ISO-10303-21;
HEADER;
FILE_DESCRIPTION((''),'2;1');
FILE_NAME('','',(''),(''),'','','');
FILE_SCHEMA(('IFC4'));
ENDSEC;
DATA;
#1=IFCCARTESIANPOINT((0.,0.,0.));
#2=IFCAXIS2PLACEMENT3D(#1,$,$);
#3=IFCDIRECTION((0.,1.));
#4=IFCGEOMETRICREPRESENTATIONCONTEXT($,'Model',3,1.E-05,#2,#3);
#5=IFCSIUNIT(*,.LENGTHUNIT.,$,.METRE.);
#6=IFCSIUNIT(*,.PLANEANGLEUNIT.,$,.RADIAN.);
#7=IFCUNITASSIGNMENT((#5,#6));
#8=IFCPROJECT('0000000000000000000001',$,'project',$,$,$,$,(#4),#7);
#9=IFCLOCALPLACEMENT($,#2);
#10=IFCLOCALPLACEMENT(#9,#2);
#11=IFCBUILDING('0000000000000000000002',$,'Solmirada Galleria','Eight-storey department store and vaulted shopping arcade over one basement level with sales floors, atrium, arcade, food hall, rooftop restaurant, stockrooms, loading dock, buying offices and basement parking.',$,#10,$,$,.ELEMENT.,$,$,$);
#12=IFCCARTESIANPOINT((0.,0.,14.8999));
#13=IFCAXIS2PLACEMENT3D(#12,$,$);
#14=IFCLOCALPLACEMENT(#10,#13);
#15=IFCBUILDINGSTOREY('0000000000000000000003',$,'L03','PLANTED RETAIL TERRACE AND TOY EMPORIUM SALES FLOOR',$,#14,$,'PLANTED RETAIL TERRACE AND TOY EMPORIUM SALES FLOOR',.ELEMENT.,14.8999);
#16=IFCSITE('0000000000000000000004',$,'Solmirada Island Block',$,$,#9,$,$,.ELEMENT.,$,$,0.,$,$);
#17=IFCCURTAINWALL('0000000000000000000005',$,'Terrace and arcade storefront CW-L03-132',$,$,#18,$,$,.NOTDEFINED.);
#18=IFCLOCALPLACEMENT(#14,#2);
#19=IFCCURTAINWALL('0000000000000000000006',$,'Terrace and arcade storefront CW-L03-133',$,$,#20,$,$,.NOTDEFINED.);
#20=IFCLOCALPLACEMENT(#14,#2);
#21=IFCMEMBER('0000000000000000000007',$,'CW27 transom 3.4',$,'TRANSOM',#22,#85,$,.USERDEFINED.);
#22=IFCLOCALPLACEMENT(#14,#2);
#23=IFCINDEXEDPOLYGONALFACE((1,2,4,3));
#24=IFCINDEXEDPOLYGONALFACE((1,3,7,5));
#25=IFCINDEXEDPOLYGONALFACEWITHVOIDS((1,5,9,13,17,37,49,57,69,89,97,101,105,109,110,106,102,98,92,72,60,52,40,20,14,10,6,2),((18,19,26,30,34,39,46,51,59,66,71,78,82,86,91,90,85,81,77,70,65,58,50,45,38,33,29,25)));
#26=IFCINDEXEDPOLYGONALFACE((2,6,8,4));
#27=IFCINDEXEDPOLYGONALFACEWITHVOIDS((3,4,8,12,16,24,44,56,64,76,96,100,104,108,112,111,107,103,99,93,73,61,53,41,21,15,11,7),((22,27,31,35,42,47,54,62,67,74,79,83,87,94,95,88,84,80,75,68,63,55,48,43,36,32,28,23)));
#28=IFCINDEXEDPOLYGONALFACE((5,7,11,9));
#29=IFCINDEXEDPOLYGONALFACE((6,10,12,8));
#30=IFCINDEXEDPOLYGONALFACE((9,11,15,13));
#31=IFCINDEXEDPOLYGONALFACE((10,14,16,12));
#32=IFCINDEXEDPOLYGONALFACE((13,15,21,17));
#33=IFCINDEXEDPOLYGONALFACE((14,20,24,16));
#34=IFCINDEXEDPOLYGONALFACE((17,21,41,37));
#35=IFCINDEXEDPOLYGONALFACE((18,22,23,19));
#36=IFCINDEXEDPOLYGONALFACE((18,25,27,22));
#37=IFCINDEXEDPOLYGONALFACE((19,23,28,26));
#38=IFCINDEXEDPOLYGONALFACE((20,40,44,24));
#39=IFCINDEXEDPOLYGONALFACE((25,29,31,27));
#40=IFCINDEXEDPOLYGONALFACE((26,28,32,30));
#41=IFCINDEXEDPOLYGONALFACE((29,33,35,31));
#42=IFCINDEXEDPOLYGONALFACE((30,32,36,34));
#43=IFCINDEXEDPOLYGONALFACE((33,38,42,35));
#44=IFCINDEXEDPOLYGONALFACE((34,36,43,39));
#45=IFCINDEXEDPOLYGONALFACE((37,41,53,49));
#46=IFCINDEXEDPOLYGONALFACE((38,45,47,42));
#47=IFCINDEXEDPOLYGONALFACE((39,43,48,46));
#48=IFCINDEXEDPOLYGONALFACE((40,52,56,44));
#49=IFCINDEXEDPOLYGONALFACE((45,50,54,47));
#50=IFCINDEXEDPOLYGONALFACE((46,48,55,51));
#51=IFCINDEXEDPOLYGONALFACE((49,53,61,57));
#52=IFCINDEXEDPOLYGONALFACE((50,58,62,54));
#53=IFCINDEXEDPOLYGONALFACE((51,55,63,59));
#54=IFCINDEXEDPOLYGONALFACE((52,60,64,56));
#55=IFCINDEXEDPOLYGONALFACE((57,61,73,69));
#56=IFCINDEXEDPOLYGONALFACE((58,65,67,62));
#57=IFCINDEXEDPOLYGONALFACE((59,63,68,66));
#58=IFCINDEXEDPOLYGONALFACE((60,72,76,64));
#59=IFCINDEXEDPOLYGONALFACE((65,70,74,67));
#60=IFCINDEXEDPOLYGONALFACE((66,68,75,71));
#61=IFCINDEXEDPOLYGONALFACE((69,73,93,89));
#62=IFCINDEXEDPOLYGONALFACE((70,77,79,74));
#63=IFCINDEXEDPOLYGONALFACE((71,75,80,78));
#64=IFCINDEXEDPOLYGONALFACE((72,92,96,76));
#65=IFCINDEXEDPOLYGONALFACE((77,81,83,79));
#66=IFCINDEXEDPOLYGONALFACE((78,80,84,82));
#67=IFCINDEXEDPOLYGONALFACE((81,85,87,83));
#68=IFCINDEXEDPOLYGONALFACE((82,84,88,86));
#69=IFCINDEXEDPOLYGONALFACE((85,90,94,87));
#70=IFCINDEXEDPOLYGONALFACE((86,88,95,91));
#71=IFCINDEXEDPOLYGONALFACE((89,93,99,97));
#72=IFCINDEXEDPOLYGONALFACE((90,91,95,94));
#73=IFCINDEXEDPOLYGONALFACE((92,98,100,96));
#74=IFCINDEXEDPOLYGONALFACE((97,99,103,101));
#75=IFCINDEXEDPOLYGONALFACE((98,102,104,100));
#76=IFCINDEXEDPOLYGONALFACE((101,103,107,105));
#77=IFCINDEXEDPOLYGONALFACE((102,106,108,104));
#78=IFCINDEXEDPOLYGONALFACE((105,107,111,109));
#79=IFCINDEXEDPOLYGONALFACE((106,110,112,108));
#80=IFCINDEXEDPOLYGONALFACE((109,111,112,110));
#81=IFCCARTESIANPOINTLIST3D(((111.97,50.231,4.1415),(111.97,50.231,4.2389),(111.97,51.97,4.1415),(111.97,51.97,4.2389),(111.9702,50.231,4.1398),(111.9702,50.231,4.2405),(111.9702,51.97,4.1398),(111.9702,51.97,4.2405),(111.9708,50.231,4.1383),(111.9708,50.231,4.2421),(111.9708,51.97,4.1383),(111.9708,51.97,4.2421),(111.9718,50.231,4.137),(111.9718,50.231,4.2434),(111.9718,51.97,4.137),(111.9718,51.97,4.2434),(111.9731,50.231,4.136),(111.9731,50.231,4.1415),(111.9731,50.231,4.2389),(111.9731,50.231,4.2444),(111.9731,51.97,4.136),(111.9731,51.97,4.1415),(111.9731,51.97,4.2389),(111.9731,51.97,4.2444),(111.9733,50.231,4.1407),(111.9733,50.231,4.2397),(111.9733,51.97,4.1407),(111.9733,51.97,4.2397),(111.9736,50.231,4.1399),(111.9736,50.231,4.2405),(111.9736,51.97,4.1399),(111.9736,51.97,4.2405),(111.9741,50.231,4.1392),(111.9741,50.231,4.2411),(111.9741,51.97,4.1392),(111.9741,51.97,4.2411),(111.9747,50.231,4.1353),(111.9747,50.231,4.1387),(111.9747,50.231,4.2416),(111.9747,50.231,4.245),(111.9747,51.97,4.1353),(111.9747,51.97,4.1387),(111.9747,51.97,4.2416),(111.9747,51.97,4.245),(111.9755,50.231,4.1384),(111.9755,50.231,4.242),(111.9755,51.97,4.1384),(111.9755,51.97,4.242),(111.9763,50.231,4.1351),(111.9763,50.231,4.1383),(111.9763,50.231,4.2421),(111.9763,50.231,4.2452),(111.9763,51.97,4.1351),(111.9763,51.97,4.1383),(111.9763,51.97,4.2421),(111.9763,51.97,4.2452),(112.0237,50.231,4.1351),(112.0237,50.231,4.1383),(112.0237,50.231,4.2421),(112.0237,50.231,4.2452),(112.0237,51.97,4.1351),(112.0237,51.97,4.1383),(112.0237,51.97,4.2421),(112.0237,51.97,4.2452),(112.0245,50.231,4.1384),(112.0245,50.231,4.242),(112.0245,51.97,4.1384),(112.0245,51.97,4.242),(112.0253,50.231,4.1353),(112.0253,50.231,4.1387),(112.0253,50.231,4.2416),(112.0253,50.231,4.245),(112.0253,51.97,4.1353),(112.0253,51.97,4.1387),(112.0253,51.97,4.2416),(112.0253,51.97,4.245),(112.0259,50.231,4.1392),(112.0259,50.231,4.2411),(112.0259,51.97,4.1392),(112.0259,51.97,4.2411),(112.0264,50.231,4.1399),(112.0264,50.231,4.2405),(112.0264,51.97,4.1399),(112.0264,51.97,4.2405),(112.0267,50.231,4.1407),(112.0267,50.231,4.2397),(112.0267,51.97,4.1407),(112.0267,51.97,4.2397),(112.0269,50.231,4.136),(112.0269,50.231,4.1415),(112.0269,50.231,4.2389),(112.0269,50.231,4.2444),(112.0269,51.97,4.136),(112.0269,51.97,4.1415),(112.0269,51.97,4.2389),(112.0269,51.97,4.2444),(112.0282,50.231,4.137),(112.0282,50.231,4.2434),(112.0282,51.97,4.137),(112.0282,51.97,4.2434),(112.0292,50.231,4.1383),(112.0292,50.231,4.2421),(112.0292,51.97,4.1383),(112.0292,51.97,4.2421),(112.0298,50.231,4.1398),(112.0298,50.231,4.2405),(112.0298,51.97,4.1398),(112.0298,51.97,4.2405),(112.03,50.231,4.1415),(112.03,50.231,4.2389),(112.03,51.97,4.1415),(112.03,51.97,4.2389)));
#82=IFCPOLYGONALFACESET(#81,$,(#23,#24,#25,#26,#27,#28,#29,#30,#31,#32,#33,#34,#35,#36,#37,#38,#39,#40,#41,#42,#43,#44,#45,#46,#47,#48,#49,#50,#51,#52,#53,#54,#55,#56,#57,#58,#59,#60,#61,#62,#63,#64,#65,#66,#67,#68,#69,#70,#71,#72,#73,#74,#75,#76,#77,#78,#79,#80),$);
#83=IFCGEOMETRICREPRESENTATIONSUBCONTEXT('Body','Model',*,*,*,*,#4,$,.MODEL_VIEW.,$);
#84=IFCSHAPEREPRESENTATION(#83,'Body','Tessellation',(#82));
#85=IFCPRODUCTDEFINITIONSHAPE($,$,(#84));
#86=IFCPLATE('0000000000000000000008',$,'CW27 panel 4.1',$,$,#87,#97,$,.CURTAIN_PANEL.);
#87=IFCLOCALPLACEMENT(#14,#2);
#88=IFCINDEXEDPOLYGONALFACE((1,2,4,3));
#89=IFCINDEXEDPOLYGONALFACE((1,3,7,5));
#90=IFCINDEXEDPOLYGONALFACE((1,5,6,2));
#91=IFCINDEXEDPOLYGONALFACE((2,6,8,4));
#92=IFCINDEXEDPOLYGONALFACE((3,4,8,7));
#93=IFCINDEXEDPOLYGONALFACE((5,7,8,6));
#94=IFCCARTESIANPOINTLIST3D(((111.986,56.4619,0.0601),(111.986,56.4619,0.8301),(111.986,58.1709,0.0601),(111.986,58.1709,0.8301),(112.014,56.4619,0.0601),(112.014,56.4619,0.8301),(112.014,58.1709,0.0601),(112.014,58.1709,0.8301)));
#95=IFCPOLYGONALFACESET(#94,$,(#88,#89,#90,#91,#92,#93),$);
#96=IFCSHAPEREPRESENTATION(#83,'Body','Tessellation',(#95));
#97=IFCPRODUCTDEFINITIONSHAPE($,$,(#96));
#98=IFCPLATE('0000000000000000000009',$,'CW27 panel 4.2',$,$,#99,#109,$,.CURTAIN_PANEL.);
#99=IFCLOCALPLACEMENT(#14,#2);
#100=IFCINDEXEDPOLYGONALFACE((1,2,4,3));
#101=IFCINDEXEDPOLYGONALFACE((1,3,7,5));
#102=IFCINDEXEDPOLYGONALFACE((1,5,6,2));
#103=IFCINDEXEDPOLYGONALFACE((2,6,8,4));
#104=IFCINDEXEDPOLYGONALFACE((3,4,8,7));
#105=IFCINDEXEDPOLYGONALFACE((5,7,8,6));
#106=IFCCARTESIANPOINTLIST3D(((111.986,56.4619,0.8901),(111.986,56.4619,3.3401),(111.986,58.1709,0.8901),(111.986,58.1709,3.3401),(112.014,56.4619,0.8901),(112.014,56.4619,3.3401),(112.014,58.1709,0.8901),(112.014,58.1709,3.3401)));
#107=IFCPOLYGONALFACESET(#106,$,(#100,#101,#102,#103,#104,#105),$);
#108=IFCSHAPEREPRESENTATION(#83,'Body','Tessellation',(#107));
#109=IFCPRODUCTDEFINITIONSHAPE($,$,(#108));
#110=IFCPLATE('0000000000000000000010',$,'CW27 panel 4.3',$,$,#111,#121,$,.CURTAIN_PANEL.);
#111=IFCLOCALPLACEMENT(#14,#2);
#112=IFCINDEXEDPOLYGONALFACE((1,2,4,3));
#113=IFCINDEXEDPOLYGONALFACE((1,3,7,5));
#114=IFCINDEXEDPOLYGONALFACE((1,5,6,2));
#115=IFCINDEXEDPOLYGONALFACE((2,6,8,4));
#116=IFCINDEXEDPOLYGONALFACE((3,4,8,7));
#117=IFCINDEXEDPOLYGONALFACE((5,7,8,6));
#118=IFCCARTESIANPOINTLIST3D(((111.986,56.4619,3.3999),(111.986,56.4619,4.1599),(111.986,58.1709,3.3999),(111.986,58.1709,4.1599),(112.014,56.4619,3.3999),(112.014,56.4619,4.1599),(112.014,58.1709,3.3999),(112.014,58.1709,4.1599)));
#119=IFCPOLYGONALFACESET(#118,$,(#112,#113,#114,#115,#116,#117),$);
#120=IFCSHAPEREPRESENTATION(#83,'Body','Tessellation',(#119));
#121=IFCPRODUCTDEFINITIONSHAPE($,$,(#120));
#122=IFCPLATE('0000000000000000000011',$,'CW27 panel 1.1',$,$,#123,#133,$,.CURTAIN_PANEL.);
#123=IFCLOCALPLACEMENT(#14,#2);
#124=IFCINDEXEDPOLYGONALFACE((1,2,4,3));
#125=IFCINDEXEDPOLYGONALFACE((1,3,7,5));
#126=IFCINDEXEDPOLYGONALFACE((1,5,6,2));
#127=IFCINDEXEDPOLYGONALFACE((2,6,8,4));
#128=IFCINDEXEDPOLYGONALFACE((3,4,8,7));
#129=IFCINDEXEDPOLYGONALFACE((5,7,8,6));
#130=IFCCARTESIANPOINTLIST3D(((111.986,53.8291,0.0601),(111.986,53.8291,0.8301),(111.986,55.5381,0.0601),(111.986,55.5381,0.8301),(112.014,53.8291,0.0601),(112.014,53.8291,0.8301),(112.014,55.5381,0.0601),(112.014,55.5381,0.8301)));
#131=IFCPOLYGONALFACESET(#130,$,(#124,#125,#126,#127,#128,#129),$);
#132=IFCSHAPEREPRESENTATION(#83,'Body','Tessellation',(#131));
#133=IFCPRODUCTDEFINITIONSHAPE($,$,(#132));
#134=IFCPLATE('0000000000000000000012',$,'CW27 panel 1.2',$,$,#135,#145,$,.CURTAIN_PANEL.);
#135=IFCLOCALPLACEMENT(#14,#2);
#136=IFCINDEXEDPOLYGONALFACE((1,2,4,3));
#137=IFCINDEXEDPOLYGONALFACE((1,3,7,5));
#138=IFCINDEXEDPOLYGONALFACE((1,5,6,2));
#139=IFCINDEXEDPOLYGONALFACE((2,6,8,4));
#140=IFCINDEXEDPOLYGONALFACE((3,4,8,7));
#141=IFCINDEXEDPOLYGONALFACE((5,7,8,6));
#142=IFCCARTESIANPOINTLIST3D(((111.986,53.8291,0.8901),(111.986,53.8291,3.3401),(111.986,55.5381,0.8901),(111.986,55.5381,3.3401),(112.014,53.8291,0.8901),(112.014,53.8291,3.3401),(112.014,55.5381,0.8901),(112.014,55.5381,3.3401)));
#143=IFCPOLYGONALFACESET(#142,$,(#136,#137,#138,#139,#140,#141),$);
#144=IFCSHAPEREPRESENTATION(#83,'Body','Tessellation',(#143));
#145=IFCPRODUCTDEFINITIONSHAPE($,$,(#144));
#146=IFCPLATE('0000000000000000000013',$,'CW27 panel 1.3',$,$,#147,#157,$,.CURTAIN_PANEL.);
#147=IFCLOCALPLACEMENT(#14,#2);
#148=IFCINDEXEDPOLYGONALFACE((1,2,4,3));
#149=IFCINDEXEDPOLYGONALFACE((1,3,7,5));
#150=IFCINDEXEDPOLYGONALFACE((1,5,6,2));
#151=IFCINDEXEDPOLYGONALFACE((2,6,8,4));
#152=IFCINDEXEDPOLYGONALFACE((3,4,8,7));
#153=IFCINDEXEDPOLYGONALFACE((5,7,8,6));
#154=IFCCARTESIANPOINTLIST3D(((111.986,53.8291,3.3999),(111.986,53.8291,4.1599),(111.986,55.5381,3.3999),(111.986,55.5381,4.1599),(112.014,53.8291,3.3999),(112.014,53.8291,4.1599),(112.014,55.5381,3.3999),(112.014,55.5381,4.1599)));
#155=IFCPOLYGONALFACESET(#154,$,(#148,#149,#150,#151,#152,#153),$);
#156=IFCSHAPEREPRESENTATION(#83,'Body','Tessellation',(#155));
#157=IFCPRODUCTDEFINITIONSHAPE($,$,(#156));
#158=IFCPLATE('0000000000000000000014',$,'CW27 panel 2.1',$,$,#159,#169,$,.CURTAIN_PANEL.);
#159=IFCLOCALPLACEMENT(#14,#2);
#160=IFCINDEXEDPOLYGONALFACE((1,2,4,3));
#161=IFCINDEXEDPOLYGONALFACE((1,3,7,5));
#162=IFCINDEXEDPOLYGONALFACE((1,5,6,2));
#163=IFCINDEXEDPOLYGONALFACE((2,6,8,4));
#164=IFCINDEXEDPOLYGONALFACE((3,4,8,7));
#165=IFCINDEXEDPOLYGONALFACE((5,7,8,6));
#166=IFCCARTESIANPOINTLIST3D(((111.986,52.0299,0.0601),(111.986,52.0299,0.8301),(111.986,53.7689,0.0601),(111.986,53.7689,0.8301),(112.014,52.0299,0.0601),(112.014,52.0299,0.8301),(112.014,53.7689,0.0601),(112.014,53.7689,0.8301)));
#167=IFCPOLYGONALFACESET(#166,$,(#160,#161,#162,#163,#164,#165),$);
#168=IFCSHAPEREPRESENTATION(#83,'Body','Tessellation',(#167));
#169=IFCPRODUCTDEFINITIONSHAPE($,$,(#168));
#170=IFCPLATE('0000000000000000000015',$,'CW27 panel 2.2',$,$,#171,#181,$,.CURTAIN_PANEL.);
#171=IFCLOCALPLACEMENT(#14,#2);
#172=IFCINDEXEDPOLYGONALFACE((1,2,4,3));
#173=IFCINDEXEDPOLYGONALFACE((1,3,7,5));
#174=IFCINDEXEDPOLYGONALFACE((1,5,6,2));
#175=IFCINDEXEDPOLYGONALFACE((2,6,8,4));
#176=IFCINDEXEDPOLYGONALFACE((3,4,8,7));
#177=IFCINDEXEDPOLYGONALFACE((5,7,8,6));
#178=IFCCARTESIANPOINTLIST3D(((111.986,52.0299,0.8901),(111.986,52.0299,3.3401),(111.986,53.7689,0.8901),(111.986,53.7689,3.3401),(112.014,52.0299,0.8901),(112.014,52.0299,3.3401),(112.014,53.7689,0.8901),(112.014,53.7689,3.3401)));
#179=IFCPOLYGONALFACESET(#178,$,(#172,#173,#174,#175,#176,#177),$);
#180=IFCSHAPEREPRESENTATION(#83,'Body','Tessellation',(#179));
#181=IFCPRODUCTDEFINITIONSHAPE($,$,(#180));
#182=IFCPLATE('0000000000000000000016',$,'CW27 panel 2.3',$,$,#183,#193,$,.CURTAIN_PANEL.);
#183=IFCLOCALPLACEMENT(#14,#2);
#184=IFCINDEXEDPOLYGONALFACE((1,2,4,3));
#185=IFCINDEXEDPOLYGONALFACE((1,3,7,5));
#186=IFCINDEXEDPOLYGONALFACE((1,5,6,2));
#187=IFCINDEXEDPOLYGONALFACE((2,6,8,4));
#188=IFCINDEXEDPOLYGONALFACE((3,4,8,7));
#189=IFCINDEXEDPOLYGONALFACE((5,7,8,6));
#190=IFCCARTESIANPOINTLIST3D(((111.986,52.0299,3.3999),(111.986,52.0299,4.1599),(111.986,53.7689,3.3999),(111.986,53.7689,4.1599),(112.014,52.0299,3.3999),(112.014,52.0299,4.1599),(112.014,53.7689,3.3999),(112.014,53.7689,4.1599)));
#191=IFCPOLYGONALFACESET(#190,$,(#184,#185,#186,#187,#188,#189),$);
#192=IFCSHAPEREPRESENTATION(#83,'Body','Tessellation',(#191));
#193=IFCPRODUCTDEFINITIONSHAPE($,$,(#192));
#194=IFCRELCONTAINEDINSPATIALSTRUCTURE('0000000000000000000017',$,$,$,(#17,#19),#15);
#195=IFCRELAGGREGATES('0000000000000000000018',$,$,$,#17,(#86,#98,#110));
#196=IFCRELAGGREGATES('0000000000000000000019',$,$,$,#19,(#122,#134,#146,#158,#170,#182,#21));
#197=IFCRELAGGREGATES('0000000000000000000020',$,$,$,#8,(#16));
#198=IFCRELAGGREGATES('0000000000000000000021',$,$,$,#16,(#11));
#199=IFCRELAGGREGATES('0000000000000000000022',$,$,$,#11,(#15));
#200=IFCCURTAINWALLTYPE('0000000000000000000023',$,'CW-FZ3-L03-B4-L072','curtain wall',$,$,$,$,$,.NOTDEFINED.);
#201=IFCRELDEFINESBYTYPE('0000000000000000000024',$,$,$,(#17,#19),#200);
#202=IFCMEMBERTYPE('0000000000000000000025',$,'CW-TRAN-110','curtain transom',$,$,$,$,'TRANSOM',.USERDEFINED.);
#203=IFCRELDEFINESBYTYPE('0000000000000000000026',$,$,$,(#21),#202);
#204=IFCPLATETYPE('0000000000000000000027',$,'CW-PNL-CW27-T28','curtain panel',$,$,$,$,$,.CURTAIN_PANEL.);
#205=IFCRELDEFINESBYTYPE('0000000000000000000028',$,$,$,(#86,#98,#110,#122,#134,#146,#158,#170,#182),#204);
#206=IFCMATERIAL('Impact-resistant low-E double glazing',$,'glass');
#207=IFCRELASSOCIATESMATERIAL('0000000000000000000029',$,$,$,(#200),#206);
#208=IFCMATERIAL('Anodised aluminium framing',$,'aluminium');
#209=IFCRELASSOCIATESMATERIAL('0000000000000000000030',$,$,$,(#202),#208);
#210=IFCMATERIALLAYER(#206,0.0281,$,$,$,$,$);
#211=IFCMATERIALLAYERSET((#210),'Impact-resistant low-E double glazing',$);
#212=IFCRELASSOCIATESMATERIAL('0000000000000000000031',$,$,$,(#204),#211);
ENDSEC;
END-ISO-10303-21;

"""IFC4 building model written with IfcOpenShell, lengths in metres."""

from ifc_helpers import new_model, si_unit, direction, frame, origin, origin_2d, place, context, subcontext, project, spatial, rectangle, hollow_rectangle, extrude, material, layer, layer_set, material_profile, profile_set, type_object, element, aggregate, save


model = new_model("IFC4")

# Units and contexts
model_context = context("Model", 3, precision=1e-05, world=origin(), true_north=direction((0.0, 1.0)))
body_context = subcontext(model_context, "Body", "Model", "MODEL_VIEW")
ifc_project = project(units=[si_unit("LENGTHUNIT", "METRE"), si_unit("PLANEANGLEUNIT", "RADIAN")], contexts=[model_context])

# Site, building, storey
site_placement = place(None, origin())
site = spatial("IfcSite", under=ifc_project, at=site_placement, Name="Solmirada Island Block", CompositionType="ELEMENT", RefElevation=0.0)
building_placement = place(site_placement, origin())
building = spatial("IfcBuilding", under=site, at=building_placement, Name="Solmirada Galleria", Description="Eight-storey department store and vaulted shopping arcade over one basement level with sales floors, atrium, arcade, food hall, rooftop restaurant, stockrooms, loading dock, buying offices and basement parking.", CompositionType="ELEMENT")
storey_placement = place(building_placement, frame((0.0, 0.0, 14.8999)))
storey = spatial("IfcBuildingStorey", under=building, at=storey_placement, Name="L03", Description="PLANTED RETAIL TERRACE AND TOY EMPORIUM SALES FLOOR", LongName="PLANTED RETAIL TERRACE AND TOY EMPORIUM SALES FLOOR", CompositionType="ELEMENT", Elevation=14.8999)

# Curtain wall
ifc_material_1 = material(Name="Impact-resistant low-E double glazing", Category="glass")
curtain_wall_type = type_object("IfcCurtainWallType", Name="CW-FZ3-L03-B4-L072", Description="curtain wall", PredefinedType="NOTDEFINED", material=ifc_material_1)
curtain_wall_1_placement = place(storey_placement, origin())
curtain_wall_1 = element("IfcCurtainWall", 1, at=curtain_wall_1_placement, inside=storey, type_object=curtain_wall_type, Name="Terrace and arcade storefront CW-L03-132", PredefinedType="NOTDEFINED")
ifc_material_2 = material(Name="Anodised aluminium framing", Category="aluminium")

# Curtain wall, member
curtain_wall_2_placement = place(storey_placement, origin())
curtain_wall_2 = element("IfcCurtainWall", 2, at=curtain_wall_2_placement, inside=storey, type_object=curtain_wall_type, Name="Terrace and arcade storefront CW-L03-133", PredefinedType="NOTDEFINED")
ifc_material_profile_1 = material_profile(ifc_material_2, hollow_rectangle(XDim=0.0601, YDim=0.1101, WallThickness=0.0032, InnerFilletRadius=0.0032, OuterFilletRadius=0.0063, at=origin_2d()), Name="ALU-TRAN-110X60")
ifc_profile_set_1 = profile_set([ifc_material_profile_1], Name="Anodised aluminium framing")
member_type_1 = type_object("IfcMemberType", Name="CW-TRAN-110", Description="curtain transom", ElementType="TRANSOM", PredefinedType="USERDEFINED", material=ifc_profile_set_1)
member_1_placement = place(storey_placement, frame((112.0, 51.97, 4.1902), z_axis=(0.0, -1.0, 0.0), x_axis=(1.0, 0.0, 0.0)))
member_1 = element("IfcMember", 3, at=member_1_placement, type_object=member_type_1, Name="CW27 transom 3.4", ObjectType="TRANSOM", PredefinedType="USERDEFINED", context=body_context, shape_type="SweptSolid", body=[
    extrude(hollow_rectangle(XDim=0.0601, YDim=0.1101, WallThickness=0.0032, InnerFilletRadius=0.0032, OuterFilletRadius=0.0063, at=origin_2d()), origin(), (0.0, 0.0, 1.0), 1.739),
])

# Plates
ifc_layer_1 = layer(ifc_material_1, 0.0281)
ifc_layer_set_1 = layer_set([ifc_layer_1], Name="Impact-resistant low-E double glazing")
plate_type = type_object("IfcPlateType", Name="CW-PNL-CW27-T28", Description="curtain panel", PredefinedType="CURTAIN_PANEL", material=ifc_layer_set_1)
plate_1_placement = place(storey_placement, frame((112.0, 57.3164, 0.0601), z_axis=(0.0, 0.0, 1.0), x_axis=(0.0, -1.0, 0.0)))
plate_1 = element("IfcPlate", 4, at=plate_1_placement, type_object=plate_type, Name="CW27 panel 4.1", PredefinedType="CURTAIN_PANEL", context=body_context, shape_type="SweptSolid", body=[
    extrude(rectangle(XDim=1.709, YDim=0.0281, at=origin_2d()), origin(), (0.0, 0.0, 1.0), 0.77),
])
plate_2_placement = place(storey_placement, frame((112.0, 57.3164, 0.8901), z_axis=(0.0, 0.0, 1.0), x_axis=(0.0, -1.0, 0.0)))
plate_2 = element("IfcPlate", 5, at=plate_2_placement, type_object=plate_type, Name="CW27 panel 4.2", PredefinedType="CURTAIN_PANEL", context=body_context, shape_type="SweptSolid", body=[
    extrude(rectangle(XDim=1.709, YDim=0.0281, at=origin_2d()), origin(), (0.0, 0.0, 1.0), 2.45),
])
plate_3_placement = place(storey_placement, frame((112.0, 57.3164, 3.3999), z_axis=(0.0, 0.0, 1.0), x_axis=(0.0, -1.0, 0.0)))
plate_3 = element("IfcPlate", 6, at=plate_3_placement, type_object=plate_type, Name="CW27 panel 4.3", PredefinedType="CURTAIN_PANEL", context=body_context, shape_type="SweptSolid", body=[
    extrude(rectangle(XDim=1.709, YDim=0.0281, at=origin_2d()), origin(), (0.0, 0.0, 1.0), 0.76),
])
aggregate(curtain_wall_1, [plate_1, plate_2, plate_3])
plate_4_placement = place(storey_placement, frame((112.0, 54.6836, 0.0601), z_axis=(0.0, 0.0, 1.0), x_axis=(0.0, -1.0, 0.0)))
plate_4 = element("IfcPlate", 7, at=plate_4_placement, type_object=plate_type, Name="CW27 panel 1.1", PredefinedType="CURTAIN_PANEL", context=body_context, shape_type="SweptSolid", body=[
    extrude(rectangle(XDim=1.709, YDim=0.0281, at=origin_2d()), origin(), (0.0, 0.0, 1.0), 0.77),
])
plate_5_placement = place(storey_placement, frame((112.0, 54.6836, 0.8901), z_axis=(0.0, 0.0, 1.0), x_axis=(0.0, -1.0, 0.0)))
plate_5 = element("IfcPlate", 8, at=plate_5_placement, type_object=plate_type, Name="CW27 panel 1.2", PredefinedType="CURTAIN_PANEL", context=body_context, shape_type="SweptSolid", body=[
    extrude(rectangle(XDim=1.709, YDim=0.0281, at=origin_2d()), origin(), (0.0, 0.0, 1.0), 2.45),
])
plate_6_placement = place(storey_placement, frame((112.0, 54.6836, 3.3999), z_axis=(0.0, 0.0, 1.0), x_axis=(0.0, -1.0, 0.0)))
plate_6 = element("IfcPlate", 9, at=plate_6_placement, type_object=plate_type, Name="CW27 panel 1.3", PredefinedType="CURTAIN_PANEL", context=body_context, shape_type="SweptSolid", body=[
    extrude(rectangle(XDim=1.709, YDim=0.0281, at=origin_2d()), origin(), (0.0, 0.0, 1.0), 0.76),
])
plate_7_placement = place(storey_placement, frame((112.0, 52.8994, 0.0601), z_axis=(0.0, 0.0, 1.0), x_axis=(0.0, -1.0, 0.0)))
plate_7 = element("IfcPlate", 10, at=plate_7_placement, type_object=plate_type, Name="CW27 panel 2.1", PredefinedType="CURTAIN_PANEL", context=body_context, shape_type="SweptSolid", body=[
    extrude(rectangle(XDim=1.739, YDim=0.0281, at=origin_2d()), origin(), (0.0, 0.0, 1.0), 0.77),
])
plate_8_placement = place(storey_placement, frame((112.0, 52.8994, 0.8901), z_axis=(0.0, 0.0, 1.0), x_axis=(0.0, -1.0, 0.0)))
plate_8 = element("IfcPlate", 11, at=plate_8_placement, type_object=plate_type, Name="CW27 panel 2.2", PredefinedType="CURTAIN_PANEL", context=body_context, shape_type="SweptSolid", body=[
    extrude(rectangle(XDim=1.739, YDim=0.0281, at=origin_2d()), origin(), (0.0, 0.0, 1.0), 2.45),
])
plate_9_placement = place(storey_placement, frame((112.0, 52.8994, 3.3999), z_axis=(0.0, 0.0, 1.0), x_axis=(0.0, -1.0, 0.0)))
plate_9 = element("IfcPlate", 12, at=plate_9_placement, type_object=plate_type, Name="CW27 panel 2.3", PredefinedType="CURTAIN_PANEL", context=body_context, shape_type="SweptSolid", body=[
    extrude(rectangle(XDim=1.739, YDim=0.0281, at=origin_2d()), origin(), (0.0, 0.0, 1.0), 0.76),
])
aggregate(curtain_wall_2, [plate_4, plate_5, plate_6, plate_7, plate_8, plate_9, member_1])

save(model, "model.ifc")
